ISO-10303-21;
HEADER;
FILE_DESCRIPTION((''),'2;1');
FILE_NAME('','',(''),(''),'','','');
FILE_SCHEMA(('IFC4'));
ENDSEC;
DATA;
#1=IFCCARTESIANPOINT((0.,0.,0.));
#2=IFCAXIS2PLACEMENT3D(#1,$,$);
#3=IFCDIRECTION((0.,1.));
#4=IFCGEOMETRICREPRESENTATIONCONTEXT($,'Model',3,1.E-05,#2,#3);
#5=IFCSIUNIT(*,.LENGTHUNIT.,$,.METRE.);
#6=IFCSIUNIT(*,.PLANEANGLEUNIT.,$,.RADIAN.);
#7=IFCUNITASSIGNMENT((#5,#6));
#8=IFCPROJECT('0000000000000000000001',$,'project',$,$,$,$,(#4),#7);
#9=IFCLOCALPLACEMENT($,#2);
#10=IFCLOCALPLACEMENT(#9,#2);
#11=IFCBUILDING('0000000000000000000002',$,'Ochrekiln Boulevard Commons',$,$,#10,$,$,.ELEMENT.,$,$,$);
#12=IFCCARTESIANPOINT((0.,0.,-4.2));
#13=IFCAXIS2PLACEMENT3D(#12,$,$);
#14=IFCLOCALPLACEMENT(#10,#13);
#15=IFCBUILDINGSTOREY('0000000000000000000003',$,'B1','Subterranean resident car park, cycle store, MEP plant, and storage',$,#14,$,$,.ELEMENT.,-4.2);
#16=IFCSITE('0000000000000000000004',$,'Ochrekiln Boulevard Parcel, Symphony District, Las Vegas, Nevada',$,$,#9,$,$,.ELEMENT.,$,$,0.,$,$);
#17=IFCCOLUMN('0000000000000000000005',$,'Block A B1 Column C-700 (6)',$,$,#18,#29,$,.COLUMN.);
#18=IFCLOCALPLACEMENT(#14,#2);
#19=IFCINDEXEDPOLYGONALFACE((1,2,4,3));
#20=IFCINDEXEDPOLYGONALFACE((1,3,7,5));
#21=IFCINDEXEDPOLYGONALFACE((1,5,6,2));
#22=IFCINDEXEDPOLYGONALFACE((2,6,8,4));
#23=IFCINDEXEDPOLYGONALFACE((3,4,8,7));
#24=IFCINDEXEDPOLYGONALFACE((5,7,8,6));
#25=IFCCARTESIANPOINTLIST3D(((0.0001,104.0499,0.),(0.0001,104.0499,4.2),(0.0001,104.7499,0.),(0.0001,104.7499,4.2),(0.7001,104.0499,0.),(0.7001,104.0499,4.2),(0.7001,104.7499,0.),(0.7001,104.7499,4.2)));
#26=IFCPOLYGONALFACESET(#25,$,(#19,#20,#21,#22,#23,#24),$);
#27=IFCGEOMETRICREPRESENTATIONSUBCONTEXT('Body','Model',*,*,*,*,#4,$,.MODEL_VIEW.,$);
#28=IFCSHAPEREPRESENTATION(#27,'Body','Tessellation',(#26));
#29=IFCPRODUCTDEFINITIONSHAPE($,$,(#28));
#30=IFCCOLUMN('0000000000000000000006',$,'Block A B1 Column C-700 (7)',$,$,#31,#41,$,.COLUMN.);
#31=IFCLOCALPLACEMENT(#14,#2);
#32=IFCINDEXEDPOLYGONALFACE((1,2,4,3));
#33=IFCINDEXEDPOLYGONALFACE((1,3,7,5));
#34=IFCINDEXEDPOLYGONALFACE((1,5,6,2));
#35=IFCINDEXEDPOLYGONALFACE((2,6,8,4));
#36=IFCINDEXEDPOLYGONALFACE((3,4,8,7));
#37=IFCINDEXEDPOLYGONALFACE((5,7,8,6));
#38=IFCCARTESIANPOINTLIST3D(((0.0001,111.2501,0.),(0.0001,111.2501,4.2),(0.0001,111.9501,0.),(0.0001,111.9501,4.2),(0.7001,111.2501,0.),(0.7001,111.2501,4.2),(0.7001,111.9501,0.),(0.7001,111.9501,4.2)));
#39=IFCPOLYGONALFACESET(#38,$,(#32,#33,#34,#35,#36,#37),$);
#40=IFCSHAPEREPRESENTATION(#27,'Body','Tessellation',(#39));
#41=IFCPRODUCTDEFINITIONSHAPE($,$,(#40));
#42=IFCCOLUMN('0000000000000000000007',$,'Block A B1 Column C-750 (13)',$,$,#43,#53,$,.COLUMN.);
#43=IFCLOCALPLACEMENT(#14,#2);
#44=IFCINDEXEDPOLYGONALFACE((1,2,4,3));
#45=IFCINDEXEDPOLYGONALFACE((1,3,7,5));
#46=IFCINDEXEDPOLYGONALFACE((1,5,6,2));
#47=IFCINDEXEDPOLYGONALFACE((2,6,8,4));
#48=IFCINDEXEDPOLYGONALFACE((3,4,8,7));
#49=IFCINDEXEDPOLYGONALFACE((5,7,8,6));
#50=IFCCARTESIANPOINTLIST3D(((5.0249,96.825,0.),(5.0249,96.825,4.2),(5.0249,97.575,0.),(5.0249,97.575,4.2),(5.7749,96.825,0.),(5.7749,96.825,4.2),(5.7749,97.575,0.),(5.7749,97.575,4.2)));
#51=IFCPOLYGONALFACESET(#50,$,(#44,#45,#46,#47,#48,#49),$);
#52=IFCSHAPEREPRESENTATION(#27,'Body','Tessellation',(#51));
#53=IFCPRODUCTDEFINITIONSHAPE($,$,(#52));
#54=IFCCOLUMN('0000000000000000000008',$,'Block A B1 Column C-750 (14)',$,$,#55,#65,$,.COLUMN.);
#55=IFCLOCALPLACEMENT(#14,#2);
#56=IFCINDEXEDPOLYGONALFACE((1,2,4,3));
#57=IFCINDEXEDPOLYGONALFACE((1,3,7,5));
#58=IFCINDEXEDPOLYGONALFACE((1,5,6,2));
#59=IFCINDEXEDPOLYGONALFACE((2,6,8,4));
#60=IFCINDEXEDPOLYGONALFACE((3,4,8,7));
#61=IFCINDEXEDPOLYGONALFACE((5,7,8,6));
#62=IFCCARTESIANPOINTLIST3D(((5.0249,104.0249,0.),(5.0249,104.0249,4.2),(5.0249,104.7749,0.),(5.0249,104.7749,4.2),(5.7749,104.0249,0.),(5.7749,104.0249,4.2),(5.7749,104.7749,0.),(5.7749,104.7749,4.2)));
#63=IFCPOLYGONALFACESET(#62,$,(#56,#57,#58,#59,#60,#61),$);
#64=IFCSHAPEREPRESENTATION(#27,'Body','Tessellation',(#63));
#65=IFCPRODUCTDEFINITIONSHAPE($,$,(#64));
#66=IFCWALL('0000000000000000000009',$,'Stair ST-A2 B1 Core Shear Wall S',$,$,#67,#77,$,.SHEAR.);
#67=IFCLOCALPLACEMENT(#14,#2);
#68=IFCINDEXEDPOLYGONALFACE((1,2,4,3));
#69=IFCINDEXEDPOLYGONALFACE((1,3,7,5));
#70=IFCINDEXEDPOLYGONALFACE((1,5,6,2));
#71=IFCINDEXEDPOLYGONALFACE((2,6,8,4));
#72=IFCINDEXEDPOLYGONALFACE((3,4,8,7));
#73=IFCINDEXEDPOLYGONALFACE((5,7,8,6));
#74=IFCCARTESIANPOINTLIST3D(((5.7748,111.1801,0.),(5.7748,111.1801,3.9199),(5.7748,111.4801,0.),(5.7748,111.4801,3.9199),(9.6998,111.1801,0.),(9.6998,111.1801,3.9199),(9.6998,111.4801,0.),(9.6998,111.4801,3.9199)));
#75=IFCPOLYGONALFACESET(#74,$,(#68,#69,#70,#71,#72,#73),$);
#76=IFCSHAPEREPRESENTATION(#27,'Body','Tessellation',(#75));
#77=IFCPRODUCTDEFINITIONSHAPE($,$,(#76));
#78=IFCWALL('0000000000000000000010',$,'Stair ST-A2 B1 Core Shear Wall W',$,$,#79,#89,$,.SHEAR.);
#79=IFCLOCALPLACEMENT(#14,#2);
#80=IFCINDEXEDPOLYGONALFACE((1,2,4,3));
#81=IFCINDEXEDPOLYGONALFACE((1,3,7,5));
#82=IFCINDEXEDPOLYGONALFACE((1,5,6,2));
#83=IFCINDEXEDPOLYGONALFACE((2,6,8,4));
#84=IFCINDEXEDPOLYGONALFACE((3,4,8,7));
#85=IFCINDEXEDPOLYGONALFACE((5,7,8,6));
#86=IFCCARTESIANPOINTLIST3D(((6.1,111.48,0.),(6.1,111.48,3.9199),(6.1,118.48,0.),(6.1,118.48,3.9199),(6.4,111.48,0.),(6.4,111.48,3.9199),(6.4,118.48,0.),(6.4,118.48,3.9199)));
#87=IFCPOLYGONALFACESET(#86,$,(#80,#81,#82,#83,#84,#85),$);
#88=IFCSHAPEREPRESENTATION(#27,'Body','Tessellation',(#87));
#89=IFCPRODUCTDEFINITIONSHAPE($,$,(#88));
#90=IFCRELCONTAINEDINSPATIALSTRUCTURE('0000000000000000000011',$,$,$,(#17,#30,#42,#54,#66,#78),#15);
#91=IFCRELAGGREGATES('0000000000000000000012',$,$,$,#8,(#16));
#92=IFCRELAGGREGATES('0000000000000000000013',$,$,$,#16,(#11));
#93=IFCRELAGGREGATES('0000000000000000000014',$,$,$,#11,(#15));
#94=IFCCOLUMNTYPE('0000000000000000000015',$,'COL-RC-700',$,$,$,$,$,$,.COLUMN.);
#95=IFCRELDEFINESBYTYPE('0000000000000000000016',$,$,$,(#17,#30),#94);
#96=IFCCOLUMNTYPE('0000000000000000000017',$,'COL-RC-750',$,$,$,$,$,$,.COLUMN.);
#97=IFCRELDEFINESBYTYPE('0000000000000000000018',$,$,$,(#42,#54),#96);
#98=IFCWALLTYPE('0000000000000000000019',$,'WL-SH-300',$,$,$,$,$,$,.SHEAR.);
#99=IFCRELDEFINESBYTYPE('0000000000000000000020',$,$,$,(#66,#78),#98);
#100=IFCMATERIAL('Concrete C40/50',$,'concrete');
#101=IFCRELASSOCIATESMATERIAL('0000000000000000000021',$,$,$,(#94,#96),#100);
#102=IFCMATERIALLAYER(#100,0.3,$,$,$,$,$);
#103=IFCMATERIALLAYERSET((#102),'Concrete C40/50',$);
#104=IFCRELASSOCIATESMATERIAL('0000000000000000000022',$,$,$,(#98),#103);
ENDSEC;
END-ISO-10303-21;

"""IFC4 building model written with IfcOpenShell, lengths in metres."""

from ifc_helpers import new_model, si_unit, direction, frame, frame_2d, origin, origin_2d, place, context, subcontext, project, spatial, rectangle, extrude, material, layer, layer_set, material_profile, profile_set, type_object, element, save


model = new_model("IFC4")

# Units and contexts
model_context = context("Model", 3, precision=1e-05, world=origin(), true_north=direction((0.0, 1.0)))
body_context = subcontext(model_context, "Body", "Model", "MODEL_VIEW")
ifc_project = project(units=[si_unit("LENGTHUNIT", "METRE"), si_unit("PLANEANGLEUNIT", "RADIAN")], contexts=[model_context])

# Site, building, storey
site_placement = place(None, origin())
site = spatial("IfcSite", under=ifc_project, at=site_placement, Name="Ochrekiln Boulevard Parcel, Symphony District, Las Vegas, Nevada", CompositionType="ELEMENT", RefElevation=0.0)
building_placement = place(site_placement, origin())
building = spatial("IfcBuilding", under=site, at=building_placement, Name="Ochrekiln Boulevard Commons", CompositionType="ELEMENT")
storey_placement = place(building_placement, frame((0.0, 0.0, -4.2)))
storey = spatial("IfcBuildingStorey", under=building, at=storey_placement, Name="B1", Description="Subterranean resident car park, cycle store, MEP plant, and storage", CompositionType="ELEMENT", Elevation=-4.2)

# Columns
ifc_material_1 = material(Name="Concrete C40/50", Category="concrete")
ifc_material_profile_1 = material_profile(ifc_material_1, rectangle(XDim=0.7, YDim=0.7, at=origin_2d()), Name="RC-COL-700x700")
ifc_profile_set_1 = profile_set([ifc_material_profile_1], Name="Concrete C40/50")
column_type_1 = type_object("IfcColumnType", Name="COL-RC-700", PredefinedType="COLUMN", material=ifc_profile_set_1)
for number, where, z_axis, x_axis, name in (
    (1, (0.3501, 104.3999, 0.0), (0.0, 0.0, 1.0), (1.0, 0.0, 0.0), "Block A B1 Column C-700 (6)"),
    (2, (0.3501, 111.6001, 0.0), (0.0, 0.0, 1.0), (1.0, 0.0, 0.0), "Block A B1 Column C-700 (7)"),
):
    element("IfcColumn", number, at=place(storey_placement, frame(where, z_axis=z_axis, x_axis=x_axis)), inside=storey, type_object=column_type_1, Name=name, PredefinedType="COLUMN", context=body_context, shape_type="SweptSolid", body=[
        extrude(rectangle(XDim=0.7, YDim=0.7, at=origin_2d()), origin(), (0.0, 0.0, 1.0), 4.2),
    ])
ifc_material_profile_2 = material_profile(ifc_material_1, rectangle(XDim=0.75, YDim=0.75, at=origin_2d()), Name="RC-COL-750x750")
ifc_profile_set_2 = profile_set([ifc_material_profile_2], Name="Concrete C40/50")
column_type_2 = type_object("IfcColumnType", Name="COL-RC-750", PredefinedType="COLUMN", material=ifc_profile_set_2)
for number, where, z_axis, x_axis, name in (
    (3, (5.3999, 97.2, 0.0), (0.0, 0.0, 1.0), (1.0, 0.0, 0.0), "Block A B1 Column C-750 (13)"),
    (4, (5.3999, 104.3999, 0.0), (0.0, 0.0, 1.0), (1.0, 0.0, 0.0), "Block A B1 Column C-750 (14)"),
):
    element("IfcColumn", number, at=place(storey_placement, frame(where, z_axis=z_axis, x_axis=x_axis)), inside=storey, type_object=column_type_2, Name=name, PredefinedType="COLUMN", context=body_context, shape_type="SweptSolid", body=[
        extrude(rectangle(XDim=0.75, YDim=0.75, at=origin_2d()), origin(), (0.0, 0.0, 1.0), 4.2),
    ])

# Walls
ifc_layer = layer(ifc_material_1, 0.3)
ifc_layer_set = layer_set([ifc_layer], Name="Concrete C40/50")
wall_type = type_object("IfcWallType", Name="WL-SH-300", PredefinedType="SHEAR", material=ifc_layer_set)
wall_1_placement = place(storey_placement, frame((5.7749, 111.3301, 0.0), z_axis=(0.0, 0.0, 1.0), x_axis=(1.0, 0.0, 0.0)))
element("IfcWall", 5, at=wall_1_placement, inside=storey, type_object=wall_type, Name="Stair ST-A2 B1 Core Shear Wall S", PredefinedType="SHEAR", context=body_context, shape_type="SweptSolid", body=[
    extrude(rectangle(XDim=3.925, YDim=0.3, at=frame_2d((1.9624, 0.0))), origin(), (0.0, 0.0, 1.0), 3.9199),
])
wall_2_placement = place(storey_placement, frame((6.25, 111.48, 0.0), z_axis=(0.0, 0.0, 1.0), x_axis=(0.0, 1.0, 0.0)))
element("IfcWall", 6, at=wall_2_placement, inside=storey, type_object=wall_type, Name="Stair ST-A2 B1 Core Shear Wall W", PredefinedType="SHEAR", context=body_context, shape_type="SweptSolid", body=[
    extrude(rectangle(XDim=7.0, YDim=0.3, at=frame_2d((3.5, 0.0))), origin(), (0.0, 0.0, 1.0), 3.9199),
])

save(model, "model.ifc")
